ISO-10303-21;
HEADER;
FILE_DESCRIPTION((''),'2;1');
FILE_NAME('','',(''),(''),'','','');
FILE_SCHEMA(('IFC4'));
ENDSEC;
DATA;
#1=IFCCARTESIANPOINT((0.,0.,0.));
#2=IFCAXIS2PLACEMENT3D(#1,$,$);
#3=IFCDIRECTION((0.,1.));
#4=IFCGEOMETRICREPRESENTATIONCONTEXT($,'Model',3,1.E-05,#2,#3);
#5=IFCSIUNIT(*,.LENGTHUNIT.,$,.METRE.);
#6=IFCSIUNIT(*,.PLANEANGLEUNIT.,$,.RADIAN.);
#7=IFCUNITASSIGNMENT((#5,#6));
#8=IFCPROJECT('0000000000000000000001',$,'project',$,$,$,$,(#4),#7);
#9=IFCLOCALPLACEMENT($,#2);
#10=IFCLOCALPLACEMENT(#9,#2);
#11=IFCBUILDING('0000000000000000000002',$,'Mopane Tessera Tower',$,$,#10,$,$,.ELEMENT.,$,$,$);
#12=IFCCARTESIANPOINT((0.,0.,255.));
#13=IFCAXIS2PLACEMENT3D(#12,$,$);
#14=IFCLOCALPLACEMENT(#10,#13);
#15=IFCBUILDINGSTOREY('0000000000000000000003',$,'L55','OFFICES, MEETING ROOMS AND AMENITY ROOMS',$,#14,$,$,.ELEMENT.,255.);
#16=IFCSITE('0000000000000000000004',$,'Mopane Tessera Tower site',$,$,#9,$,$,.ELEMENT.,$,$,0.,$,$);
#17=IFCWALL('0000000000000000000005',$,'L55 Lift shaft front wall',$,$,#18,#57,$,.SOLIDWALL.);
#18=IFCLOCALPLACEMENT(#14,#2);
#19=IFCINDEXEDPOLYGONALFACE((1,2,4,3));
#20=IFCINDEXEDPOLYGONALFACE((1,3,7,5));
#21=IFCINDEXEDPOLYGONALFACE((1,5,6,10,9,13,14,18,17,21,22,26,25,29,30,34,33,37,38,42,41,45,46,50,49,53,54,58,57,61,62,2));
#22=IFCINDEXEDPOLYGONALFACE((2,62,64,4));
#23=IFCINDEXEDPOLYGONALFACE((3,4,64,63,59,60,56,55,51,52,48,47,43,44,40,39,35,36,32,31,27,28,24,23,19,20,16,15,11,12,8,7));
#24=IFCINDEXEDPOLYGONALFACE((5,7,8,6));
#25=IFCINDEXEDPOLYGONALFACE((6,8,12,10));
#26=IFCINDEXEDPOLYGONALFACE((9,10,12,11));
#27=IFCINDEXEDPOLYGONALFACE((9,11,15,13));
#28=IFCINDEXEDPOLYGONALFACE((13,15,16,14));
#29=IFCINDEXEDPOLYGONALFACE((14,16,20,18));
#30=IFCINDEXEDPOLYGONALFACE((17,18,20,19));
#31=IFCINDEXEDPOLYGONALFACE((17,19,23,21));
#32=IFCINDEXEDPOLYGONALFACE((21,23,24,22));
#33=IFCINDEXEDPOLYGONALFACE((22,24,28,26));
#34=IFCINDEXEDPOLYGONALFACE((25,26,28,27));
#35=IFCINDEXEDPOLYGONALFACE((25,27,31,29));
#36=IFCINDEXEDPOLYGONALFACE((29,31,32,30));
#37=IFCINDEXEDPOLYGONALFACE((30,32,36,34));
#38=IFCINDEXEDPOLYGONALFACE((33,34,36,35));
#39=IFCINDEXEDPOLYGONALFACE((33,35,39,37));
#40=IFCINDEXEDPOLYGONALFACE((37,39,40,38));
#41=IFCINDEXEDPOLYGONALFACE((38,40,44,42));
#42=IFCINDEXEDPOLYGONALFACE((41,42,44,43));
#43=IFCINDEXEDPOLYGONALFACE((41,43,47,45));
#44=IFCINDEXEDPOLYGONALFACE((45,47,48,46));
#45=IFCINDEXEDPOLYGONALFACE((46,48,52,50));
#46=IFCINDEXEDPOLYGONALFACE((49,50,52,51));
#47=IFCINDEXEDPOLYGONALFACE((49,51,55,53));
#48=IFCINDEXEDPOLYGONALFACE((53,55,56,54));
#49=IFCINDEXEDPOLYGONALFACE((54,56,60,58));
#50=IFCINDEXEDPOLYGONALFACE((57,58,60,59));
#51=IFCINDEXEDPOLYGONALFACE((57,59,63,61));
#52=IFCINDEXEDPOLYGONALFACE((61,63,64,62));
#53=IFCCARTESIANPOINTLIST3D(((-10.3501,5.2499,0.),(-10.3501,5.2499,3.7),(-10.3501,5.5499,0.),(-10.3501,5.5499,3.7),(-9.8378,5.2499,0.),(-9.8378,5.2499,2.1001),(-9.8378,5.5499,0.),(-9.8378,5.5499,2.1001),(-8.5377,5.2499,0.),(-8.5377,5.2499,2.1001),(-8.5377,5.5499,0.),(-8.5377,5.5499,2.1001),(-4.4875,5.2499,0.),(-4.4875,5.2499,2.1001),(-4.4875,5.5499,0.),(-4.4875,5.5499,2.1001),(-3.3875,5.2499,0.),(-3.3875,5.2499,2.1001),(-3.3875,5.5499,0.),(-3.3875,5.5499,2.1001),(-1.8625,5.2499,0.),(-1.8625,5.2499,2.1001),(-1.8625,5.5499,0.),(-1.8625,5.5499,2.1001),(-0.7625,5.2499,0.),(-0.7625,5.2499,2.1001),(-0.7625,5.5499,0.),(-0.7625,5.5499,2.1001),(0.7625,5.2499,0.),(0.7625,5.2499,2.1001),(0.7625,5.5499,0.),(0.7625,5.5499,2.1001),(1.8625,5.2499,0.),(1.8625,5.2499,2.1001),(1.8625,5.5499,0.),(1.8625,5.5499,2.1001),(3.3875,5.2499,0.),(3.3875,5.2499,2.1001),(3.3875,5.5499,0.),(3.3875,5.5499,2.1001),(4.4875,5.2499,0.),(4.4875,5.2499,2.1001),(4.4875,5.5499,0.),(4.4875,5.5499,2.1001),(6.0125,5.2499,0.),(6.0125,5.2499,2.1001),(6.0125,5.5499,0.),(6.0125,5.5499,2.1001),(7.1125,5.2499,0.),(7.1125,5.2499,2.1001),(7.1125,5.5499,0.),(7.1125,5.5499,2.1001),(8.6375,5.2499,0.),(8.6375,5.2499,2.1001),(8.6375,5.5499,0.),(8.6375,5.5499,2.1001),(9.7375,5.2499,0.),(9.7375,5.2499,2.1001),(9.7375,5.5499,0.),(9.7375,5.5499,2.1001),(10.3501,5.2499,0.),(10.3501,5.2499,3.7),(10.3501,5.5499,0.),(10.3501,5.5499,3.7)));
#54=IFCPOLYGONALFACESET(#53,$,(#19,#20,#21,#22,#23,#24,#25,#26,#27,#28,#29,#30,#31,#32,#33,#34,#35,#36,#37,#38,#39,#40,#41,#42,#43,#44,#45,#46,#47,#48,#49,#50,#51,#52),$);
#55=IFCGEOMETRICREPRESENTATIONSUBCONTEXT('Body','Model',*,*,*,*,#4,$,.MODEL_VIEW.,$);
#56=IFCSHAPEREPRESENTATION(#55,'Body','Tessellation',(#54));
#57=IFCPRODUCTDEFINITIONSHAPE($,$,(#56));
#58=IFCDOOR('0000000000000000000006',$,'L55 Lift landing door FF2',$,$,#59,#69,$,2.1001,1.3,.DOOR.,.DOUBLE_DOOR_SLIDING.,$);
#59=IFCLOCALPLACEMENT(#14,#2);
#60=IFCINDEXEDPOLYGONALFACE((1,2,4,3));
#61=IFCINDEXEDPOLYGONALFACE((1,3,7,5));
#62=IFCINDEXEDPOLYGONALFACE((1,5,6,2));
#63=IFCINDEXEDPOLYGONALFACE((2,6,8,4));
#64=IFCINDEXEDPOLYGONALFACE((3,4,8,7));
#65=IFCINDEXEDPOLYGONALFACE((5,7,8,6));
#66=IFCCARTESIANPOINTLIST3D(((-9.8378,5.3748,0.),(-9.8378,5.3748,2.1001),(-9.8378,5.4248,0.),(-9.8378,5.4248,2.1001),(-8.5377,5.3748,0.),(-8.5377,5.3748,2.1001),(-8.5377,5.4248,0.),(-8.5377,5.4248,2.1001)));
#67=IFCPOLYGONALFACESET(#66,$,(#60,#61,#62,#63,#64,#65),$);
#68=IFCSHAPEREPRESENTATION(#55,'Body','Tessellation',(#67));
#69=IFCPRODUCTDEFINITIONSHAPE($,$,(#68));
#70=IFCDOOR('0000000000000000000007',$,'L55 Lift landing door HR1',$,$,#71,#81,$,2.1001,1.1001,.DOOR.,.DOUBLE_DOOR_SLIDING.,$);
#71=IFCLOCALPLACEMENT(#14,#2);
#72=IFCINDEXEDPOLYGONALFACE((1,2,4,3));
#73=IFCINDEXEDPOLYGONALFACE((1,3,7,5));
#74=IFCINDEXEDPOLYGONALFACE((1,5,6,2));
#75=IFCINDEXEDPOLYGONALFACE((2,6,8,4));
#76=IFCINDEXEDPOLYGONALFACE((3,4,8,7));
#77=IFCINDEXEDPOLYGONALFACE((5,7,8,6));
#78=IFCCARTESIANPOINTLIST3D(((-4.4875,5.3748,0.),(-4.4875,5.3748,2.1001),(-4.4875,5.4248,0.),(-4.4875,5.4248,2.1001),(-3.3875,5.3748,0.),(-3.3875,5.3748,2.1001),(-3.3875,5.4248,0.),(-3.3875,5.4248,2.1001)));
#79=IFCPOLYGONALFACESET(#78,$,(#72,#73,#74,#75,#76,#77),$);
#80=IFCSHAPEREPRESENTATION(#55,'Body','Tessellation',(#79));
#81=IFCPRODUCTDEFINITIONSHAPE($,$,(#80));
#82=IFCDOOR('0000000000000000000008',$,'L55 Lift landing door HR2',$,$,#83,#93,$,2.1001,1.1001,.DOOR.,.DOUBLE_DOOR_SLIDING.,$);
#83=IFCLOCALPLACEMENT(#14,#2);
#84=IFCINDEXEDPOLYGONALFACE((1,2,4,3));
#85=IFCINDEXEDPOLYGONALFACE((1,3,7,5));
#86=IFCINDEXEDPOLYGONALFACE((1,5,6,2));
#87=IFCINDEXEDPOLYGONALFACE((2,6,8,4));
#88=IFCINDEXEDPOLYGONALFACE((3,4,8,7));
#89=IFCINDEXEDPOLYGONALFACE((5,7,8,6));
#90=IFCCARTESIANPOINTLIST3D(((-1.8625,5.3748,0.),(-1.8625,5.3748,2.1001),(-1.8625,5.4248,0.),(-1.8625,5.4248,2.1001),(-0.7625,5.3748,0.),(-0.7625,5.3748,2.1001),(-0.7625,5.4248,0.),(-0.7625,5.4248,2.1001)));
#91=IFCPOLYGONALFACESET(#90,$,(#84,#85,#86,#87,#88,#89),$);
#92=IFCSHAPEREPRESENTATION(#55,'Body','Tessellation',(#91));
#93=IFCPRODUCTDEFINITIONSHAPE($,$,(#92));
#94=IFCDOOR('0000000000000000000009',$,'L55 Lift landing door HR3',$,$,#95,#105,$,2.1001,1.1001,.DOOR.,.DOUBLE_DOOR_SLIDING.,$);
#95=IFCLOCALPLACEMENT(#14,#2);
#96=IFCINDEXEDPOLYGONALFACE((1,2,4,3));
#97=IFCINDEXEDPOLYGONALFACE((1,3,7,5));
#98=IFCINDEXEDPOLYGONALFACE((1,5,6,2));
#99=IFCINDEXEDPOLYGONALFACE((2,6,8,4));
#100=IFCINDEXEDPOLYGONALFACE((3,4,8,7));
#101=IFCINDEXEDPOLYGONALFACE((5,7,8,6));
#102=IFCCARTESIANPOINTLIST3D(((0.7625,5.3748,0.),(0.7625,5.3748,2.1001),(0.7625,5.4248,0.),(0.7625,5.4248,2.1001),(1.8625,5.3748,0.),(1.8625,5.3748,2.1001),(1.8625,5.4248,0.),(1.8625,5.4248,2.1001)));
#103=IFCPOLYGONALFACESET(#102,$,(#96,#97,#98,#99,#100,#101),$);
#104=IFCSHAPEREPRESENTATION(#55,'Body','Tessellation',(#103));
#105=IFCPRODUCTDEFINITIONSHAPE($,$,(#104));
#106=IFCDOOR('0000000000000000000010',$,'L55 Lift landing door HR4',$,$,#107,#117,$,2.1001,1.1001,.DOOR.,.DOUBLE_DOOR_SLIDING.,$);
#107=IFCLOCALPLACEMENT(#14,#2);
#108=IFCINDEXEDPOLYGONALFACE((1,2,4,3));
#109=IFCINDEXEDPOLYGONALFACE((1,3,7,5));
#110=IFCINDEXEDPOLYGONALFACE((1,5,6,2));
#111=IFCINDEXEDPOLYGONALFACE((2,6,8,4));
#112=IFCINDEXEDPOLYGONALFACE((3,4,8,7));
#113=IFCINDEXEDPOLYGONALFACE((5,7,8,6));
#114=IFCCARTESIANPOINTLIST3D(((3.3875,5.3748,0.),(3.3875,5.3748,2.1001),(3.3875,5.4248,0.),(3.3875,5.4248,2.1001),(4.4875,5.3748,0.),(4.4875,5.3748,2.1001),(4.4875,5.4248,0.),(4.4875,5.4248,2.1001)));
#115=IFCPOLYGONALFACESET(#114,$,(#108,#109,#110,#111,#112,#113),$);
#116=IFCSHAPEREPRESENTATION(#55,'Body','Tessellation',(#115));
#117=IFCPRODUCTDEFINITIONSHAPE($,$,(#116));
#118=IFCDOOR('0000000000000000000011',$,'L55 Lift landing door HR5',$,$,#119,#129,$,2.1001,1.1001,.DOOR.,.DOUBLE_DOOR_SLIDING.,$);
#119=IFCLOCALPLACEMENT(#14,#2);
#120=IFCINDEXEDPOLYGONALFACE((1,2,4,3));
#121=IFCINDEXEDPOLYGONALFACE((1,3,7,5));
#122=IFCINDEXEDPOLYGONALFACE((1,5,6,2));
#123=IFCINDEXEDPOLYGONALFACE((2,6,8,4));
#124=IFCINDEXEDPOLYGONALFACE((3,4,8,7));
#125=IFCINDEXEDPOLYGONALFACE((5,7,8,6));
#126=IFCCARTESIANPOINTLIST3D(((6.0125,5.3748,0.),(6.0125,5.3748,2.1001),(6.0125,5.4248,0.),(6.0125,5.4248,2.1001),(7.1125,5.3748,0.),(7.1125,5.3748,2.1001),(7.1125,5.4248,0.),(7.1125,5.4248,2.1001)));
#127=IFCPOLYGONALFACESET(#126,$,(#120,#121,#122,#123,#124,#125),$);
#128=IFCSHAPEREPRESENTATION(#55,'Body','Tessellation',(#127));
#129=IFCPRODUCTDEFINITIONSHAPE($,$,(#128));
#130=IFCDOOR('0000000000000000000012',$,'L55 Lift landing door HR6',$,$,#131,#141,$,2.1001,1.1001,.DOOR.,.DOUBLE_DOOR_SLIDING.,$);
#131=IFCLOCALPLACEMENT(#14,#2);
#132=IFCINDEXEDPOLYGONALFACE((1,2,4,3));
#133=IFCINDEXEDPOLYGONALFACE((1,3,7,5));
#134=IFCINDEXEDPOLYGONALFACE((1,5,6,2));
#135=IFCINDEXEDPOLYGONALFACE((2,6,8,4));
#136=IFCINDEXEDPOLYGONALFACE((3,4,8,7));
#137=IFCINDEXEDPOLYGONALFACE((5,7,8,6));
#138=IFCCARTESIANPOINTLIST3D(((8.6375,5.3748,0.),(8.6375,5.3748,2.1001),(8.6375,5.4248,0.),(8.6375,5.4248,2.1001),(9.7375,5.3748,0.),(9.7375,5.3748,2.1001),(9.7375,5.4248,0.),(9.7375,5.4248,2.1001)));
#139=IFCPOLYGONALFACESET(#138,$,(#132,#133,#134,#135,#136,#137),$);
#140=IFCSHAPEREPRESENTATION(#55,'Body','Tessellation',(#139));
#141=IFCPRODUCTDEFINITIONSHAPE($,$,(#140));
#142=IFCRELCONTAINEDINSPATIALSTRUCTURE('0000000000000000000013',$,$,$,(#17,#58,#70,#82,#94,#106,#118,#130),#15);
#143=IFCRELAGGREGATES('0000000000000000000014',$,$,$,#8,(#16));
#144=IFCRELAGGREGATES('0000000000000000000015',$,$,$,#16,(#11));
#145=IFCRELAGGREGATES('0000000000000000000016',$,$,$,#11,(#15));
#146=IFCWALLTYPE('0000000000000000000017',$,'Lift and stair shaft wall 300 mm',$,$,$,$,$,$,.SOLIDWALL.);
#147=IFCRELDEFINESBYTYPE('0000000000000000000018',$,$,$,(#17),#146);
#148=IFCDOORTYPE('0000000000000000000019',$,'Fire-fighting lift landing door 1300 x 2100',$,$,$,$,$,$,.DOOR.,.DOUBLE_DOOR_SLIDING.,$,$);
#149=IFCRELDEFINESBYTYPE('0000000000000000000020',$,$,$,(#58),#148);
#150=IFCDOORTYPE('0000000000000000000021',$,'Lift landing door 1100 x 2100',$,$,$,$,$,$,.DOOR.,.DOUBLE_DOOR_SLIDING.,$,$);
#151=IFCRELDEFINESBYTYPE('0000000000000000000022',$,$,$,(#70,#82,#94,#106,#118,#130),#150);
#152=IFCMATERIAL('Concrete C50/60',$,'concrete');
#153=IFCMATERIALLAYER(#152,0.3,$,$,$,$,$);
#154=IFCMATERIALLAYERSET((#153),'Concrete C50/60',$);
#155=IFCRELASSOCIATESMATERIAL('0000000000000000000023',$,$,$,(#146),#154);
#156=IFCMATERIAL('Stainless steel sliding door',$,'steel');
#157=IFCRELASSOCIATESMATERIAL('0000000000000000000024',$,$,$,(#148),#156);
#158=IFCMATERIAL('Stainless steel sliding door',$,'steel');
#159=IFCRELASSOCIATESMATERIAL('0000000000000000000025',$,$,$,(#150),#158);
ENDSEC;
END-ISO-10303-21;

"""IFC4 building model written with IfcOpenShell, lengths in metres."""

from ifc_helpers import new_model, si_unit, direction, frame, frame_2d, origin, place, context, subcontext, project, spatial, rectangle, extrude, material, layer, layer_set, type_object, element, fill, save


model = new_model("IFC4")

# Units and contexts
model_context = context("Model", 3, precision=1e-05, world=origin(), true_north=direction((0.0, 1.0)))
body_context = subcontext(model_context, "Body", "Model", "MODEL_VIEW")
ifc_project = project(units=[si_unit("LENGTHUNIT", "METRE"), si_unit("PLANEANGLEUNIT", "RADIAN")], contexts=[model_context])

# Site, building, storey
site_placement = place(None, origin())
site = spatial("IfcSite", under=ifc_project, at=site_placement, Name="Mopane Tessera Tower site", CompositionType="ELEMENT", RefElevation=0.0)
building_placement = place(site_placement, origin())
building = spatial("IfcBuilding", under=site, at=building_placement, Name="Mopane Tessera Tower", CompositionType="ELEMENT")
storey_placement = place(building_placement, frame((0.0, 0.0, 255.0)))
storey = spatial("IfcBuildingStorey", under=building, at=storey_placement, Name="L55", Description="OFFICES, MEETING ROOMS AND AMENITY ROOMS", CompositionType="ELEMENT", Elevation=255.0)

# Wall, openings, doors
ifc_material_1 = material(Name="Concrete C50/60", Category="concrete")
ifc_layer_1 = layer(ifc_material_1, 0.3)
ifc_layer_set_1 = layer_set([ifc_layer_1], Name="Concrete C50/60")
wall_type_1 = type_object("IfcWallType", Name="Lift and stair shaft wall 300 mm", PredefinedType="SOLIDWALL", material=ifc_layer_set_1)
ifc_material_2 = material(Name="Stainless steel sliding door", Category="steel")
door_type_1 = type_object("IfcDoorType", Name="Fire-fighting lift landing door 1300 x 2100", OperationType="DOUBLE_DOOR_SLIDING", PredefinedType="DOOR", material=ifc_material_2)
wall_1_placement = place(storey_placement, frame((-10.3501, 5.3999, 0.0), z_axis=(0.0, 0.0, 1.0), x_axis=(1.0, 0.0, 0.0)))
wall_1 = element("IfcWall", 1, at=wall_1_placement, inside=storey, type_object=wall_type_1, Name="L55 Lift shaft front wall", PredefinedType="SOLIDWALL", context=body_context, shape_type="SweptSolid", body=[
    extrude(rectangle(XDim=20.7002, YDim=0.3, at=frame_2d((10.3501, 0.0))), origin(), (0.0, 0.0, 1.0), 3.7),
])
opening_1_placement = place(wall_1_placement, frame((0.5125, 0.0, 0.0)))
opening_1 = element("IfcOpeningElement", 2, at=opening_1_placement, cuts=wall_1, PredefinedType="OPENING", context=body_context, shape_type="SweptSolid", body=[
    extrude(rectangle(XDim=1.3, YDim=2.1001, at=frame_2d((0.6499, 1.05))), frame((0.0, 0.1621, 0.0), z_axis=(0.0, -1.0, 0.0), x_axis=(1.0, 0.0, 0.0)), (0.0, 0.0, 1.0), 0.324),
])
opening_2_placement = place(wall_1_placement, frame((5.8625, 0.0, 0.0)))
opening_2 = element("IfcOpeningElement", 3, at=opening_2_placement, cuts=wall_1, PredefinedType="OPENING", context=body_context, shape_type="SweptSolid", body=[
    extrude(rectangle(XDim=1.1001, YDim=2.1001, at=frame_2d((0.55, 1.05))), frame((0.0, 0.1621, 0.0), z_axis=(0.0, -1.0, 0.0), x_axis=(1.0, 0.0, 0.0)), (0.0, 0.0, 1.0), 0.324),
])
opening_3_placement = place(wall_1_placement, frame((8.4875, 0.0, 0.0)))
opening_3 = element("IfcOpeningElement", 4, at=opening_3_placement, cuts=wall_1, PredefinedType="OPENING", context=body_context, shape_type="SweptSolid", body=[
    extrude(rectangle(XDim=1.1001, YDim=2.1001, at=frame_2d((0.55, 1.05))), frame((0.0, 0.1621, 0.0), z_axis=(0.0, -1.0, 0.0), x_axis=(1.0, 0.0, 0.0)), (0.0, 0.0, 1.0), 0.324),
])
opening_4_placement = place(wall_1_placement, frame((11.1125, 0.0, 0.0)))
opening_4 = element("IfcOpeningElement", 5, at=opening_4_placement, cuts=wall_1, PredefinedType="OPENING", context=body_context, shape_type="SweptSolid", body=[
    extrude(rectangle(XDim=1.1001, YDim=2.1001, at=frame_2d((0.55, 1.05))), frame((0.0, 0.1621, 0.0), z_axis=(0.0, -1.0, 0.0), x_axis=(1.0, 0.0, 0.0)), (0.0, 0.0, 1.0), 0.324),
])
opening_5_placement = place(wall_1_placement, frame((13.7375, 0.0, 0.0)))
opening_5 = element("IfcOpeningElement", 6, at=opening_5_placement, cuts=wall_1, PredefinedType="OPENING", context=body_context, shape_type="SweptSolid", body=[
    extrude(rectangle(XDim=1.1001, YDim=2.1001, at=frame_2d((0.55, 1.05))), frame((0.0, 0.1621, 0.0), z_axis=(0.0, -1.0, 0.0), x_axis=(1.0, 0.0, 0.0)), (0.0, 0.0, 1.0), 0.324),
])
opening_6_placement = place(wall_1_placement, frame((16.3625, 0.0, 0.0)))
opening_6 = element("IfcOpeningElement", 7, at=opening_6_placement, cuts=wall_1, PredefinedType="OPENING", context=body_context, shape_type="SweptSolid", body=[
    extrude(rectangle(XDim=1.1001, YDim=2.1001, at=frame_2d((0.55, 1.05))), frame((0.0, 0.1621, 0.0), z_axis=(0.0, -1.0, 0.0), x_axis=(1.0, 0.0, 0.0)), (0.0, 0.0, 1.0), 0.324),
])
opening_7_placement = place(wall_1_placement, frame((18.9875, 0.0, 0.0)))
opening_7 = element("IfcOpeningElement", 8, at=opening_7_placement, cuts=wall_1, PredefinedType="OPENING", context=body_context, shape_type="SweptSolid", body=[
    extrude(rectangle(XDim=1.1001, YDim=2.1001, at=frame_2d((0.55, 1.05))), frame((0.0, 0.1621, 0.0), z_axis=(0.0, -1.0, 0.0), x_axis=(1.0, 0.0, 0.0)), (0.0, 0.0, 1.0), 0.324),
])
door_1_placement = place(opening_1_placement, origin())
door_1 = element("IfcDoor", 9, at=door_1_placement, inside=storey, type_object=door_type_1, Name="L55 Lift landing door FF2", OperationType="DOUBLE_DOOR_SLIDING", OverallHeight=2.1001, OverallWidth=1.3, PredefinedType="DOOR", context=body_context, shape_type="SweptSolid", body=[
    extrude(rectangle(XDim=1.3, YDim=2.1001, at=frame_2d((0.6499, 1.05))), frame((0.0, 0.0249, 0.0), z_axis=(0.0, -1.0, 0.0), x_axis=(1.0, 0.0, 0.0)), (0.0, 0.0, 1.0), 0.05),
])
fill(opening_1, door_1)
ifc_material_3 = material(Name="Stainless steel sliding door", Category="steel")
door_type_2 = type_object("IfcDoorType", Name="Lift landing door 1100 x 2100", OperationType="DOUBLE_DOOR_SLIDING", PredefinedType="DOOR", material=ifc_material_3)
door_2_placement = place(opening_2_placement, origin())
door_2 = element("IfcDoor", 10, at=door_2_placement, inside=storey, type_object=door_type_2, Name="L55 Lift landing door HR1", OperationType="DOUBLE_DOOR_SLIDING", OverallHeight=2.1001, OverallWidth=1.1001, PredefinedType="DOOR", context=body_context, shape_type="SweptSolid", body=[
    extrude(rectangle(XDim=1.1001, YDim=2.1001, at=frame_2d((0.55, 1.05))), frame((0.0, 0.0249, 0.0), z_axis=(0.0, -1.0, 0.0), x_axis=(1.0, 0.0, 0.0)), (0.0, 0.0, 1.0), 0.05),
])
fill(opening_2, door_2)
door_3_placement = place(opening_3_placement, origin())
door_3 = element("IfcDoor", 11, at=door_3_placement, inside=storey, type_object=door_type_2, Name="L55 Lift landing door HR2", OperationType="DOUBLE_DOOR_SLIDING", OverallHeight=2.1001, OverallWidth=1.1001, PredefinedType="DOOR", context=body_context, shape_type="SweptSolid", body=[
    extrude(rectangle(XDim=1.1001, YDim=2.1001, at=frame_2d((0.55, 1.05))), frame((0.0, 0.0249, 0.0), z_axis=(0.0, -1.0, 0.0), x_axis=(1.0, 0.0, 0.0)), (0.0, 0.0, 1.0), 0.05),
])
fill(opening_3, door_3)
door_4_placement = place(opening_4_placement, origin())
door_4 = element("IfcDoor", 12, at=door_4_placement, inside=storey, type_object=door_type_2, Name="L55 Lift landing door HR3", OperationType="DOUBLE_DOOR_SLIDING", OverallHeight=2.1001, OverallWidth=1.1001, PredefinedType="DOOR", context=body_context, shape_type="SweptSolid", body=[
    extrude(rectangle(XDim=1.1001, YDim=2.1001, at=frame_2d((0.55, 1.05))), frame((0.0, 0.0249, 0.0), z_axis=(0.0, -1.0, 0.0), x_axis=(1.0, 0.0, 0.0)), (0.0, 0.0, 1.0), 0.05),
])
fill(opening_4, door_4)
door_5_placement = place(opening_5_placement, origin())
door_5 = element("IfcDoor", 13, at=door_5_placement, inside=storey, type_object=door_type_2, Name="L55 Lift landing door HR4", OperationType="DOUBLE_DOOR_SLIDING", OverallHeight=2.1001, OverallWidth=1.1001, PredefinedType="DOOR", context=body_context, shape_type="SweptSolid", body=[
    extrude(rectangle(XDim=1.1001, YDim=2.1001, at=frame_2d((0.55, 1.05))), frame((0.0, 0.0249, 0.0), z_axis=(0.0, -1.0, 0.0), x_axis=(1.0, 0.0, 0.0)), (0.0, 0.0, 1.0), 0.05),
])
fill(opening_5, door_5)
door_6_placement = place(opening_6_placement, origin())
door_6 = element("IfcDoor", 14, at=door_6_placement, inside=storey, type_object=door_type_2, Name="L55 Lift landing door HR5", OperationType="DOUBLE_DOOR_SLIDING", OverallHeight=2.1001, OverallWidth=1.1001, PredefinedType="DOOR", context=body_context, shape_type="SweptSolid", body=[
    extrude(rectangle(XDim=1.1001, YDim=2.1001, at=frame_2d((0.55, 1.05))), frame((0.0, 0.0249, 0.0), z_axis=(0.0, -1.0, 0.0), x_axis=(1.0, 0.0, 0.0)), (0.0, 0.0, 1.0), 0.05),
])
fill(opening_6, door_6)
door_7_placement = place(opening_7_placement, origin())
door_7 = element("IfcDoor", 15, at=door_7_placement, inside=storey, type_object=door_type_2, Name="L55 Lift landing door HR6", OperationType="DOUBLE_DOOR_SLIDING", OverallHeight=2.1001, OverallWidth=1.1001, PredefinedType="DOOR", context=body_context, shape_type="SweptSolid", body=[
    extrude(rectangle(XDim=1.1001, YDim=2.1001, at=frame_2d((0.55, 1.05))), frame((0.0, 0.0249, 0.0), z_axis=(0.0, -1.0, 0.0), x_axis=(1.0, 0.0, 0.0)), (0.0, 0.0, 1.0), 0.05),
])
fill(opening_7, door_7)

save(model, "model.ifc")
